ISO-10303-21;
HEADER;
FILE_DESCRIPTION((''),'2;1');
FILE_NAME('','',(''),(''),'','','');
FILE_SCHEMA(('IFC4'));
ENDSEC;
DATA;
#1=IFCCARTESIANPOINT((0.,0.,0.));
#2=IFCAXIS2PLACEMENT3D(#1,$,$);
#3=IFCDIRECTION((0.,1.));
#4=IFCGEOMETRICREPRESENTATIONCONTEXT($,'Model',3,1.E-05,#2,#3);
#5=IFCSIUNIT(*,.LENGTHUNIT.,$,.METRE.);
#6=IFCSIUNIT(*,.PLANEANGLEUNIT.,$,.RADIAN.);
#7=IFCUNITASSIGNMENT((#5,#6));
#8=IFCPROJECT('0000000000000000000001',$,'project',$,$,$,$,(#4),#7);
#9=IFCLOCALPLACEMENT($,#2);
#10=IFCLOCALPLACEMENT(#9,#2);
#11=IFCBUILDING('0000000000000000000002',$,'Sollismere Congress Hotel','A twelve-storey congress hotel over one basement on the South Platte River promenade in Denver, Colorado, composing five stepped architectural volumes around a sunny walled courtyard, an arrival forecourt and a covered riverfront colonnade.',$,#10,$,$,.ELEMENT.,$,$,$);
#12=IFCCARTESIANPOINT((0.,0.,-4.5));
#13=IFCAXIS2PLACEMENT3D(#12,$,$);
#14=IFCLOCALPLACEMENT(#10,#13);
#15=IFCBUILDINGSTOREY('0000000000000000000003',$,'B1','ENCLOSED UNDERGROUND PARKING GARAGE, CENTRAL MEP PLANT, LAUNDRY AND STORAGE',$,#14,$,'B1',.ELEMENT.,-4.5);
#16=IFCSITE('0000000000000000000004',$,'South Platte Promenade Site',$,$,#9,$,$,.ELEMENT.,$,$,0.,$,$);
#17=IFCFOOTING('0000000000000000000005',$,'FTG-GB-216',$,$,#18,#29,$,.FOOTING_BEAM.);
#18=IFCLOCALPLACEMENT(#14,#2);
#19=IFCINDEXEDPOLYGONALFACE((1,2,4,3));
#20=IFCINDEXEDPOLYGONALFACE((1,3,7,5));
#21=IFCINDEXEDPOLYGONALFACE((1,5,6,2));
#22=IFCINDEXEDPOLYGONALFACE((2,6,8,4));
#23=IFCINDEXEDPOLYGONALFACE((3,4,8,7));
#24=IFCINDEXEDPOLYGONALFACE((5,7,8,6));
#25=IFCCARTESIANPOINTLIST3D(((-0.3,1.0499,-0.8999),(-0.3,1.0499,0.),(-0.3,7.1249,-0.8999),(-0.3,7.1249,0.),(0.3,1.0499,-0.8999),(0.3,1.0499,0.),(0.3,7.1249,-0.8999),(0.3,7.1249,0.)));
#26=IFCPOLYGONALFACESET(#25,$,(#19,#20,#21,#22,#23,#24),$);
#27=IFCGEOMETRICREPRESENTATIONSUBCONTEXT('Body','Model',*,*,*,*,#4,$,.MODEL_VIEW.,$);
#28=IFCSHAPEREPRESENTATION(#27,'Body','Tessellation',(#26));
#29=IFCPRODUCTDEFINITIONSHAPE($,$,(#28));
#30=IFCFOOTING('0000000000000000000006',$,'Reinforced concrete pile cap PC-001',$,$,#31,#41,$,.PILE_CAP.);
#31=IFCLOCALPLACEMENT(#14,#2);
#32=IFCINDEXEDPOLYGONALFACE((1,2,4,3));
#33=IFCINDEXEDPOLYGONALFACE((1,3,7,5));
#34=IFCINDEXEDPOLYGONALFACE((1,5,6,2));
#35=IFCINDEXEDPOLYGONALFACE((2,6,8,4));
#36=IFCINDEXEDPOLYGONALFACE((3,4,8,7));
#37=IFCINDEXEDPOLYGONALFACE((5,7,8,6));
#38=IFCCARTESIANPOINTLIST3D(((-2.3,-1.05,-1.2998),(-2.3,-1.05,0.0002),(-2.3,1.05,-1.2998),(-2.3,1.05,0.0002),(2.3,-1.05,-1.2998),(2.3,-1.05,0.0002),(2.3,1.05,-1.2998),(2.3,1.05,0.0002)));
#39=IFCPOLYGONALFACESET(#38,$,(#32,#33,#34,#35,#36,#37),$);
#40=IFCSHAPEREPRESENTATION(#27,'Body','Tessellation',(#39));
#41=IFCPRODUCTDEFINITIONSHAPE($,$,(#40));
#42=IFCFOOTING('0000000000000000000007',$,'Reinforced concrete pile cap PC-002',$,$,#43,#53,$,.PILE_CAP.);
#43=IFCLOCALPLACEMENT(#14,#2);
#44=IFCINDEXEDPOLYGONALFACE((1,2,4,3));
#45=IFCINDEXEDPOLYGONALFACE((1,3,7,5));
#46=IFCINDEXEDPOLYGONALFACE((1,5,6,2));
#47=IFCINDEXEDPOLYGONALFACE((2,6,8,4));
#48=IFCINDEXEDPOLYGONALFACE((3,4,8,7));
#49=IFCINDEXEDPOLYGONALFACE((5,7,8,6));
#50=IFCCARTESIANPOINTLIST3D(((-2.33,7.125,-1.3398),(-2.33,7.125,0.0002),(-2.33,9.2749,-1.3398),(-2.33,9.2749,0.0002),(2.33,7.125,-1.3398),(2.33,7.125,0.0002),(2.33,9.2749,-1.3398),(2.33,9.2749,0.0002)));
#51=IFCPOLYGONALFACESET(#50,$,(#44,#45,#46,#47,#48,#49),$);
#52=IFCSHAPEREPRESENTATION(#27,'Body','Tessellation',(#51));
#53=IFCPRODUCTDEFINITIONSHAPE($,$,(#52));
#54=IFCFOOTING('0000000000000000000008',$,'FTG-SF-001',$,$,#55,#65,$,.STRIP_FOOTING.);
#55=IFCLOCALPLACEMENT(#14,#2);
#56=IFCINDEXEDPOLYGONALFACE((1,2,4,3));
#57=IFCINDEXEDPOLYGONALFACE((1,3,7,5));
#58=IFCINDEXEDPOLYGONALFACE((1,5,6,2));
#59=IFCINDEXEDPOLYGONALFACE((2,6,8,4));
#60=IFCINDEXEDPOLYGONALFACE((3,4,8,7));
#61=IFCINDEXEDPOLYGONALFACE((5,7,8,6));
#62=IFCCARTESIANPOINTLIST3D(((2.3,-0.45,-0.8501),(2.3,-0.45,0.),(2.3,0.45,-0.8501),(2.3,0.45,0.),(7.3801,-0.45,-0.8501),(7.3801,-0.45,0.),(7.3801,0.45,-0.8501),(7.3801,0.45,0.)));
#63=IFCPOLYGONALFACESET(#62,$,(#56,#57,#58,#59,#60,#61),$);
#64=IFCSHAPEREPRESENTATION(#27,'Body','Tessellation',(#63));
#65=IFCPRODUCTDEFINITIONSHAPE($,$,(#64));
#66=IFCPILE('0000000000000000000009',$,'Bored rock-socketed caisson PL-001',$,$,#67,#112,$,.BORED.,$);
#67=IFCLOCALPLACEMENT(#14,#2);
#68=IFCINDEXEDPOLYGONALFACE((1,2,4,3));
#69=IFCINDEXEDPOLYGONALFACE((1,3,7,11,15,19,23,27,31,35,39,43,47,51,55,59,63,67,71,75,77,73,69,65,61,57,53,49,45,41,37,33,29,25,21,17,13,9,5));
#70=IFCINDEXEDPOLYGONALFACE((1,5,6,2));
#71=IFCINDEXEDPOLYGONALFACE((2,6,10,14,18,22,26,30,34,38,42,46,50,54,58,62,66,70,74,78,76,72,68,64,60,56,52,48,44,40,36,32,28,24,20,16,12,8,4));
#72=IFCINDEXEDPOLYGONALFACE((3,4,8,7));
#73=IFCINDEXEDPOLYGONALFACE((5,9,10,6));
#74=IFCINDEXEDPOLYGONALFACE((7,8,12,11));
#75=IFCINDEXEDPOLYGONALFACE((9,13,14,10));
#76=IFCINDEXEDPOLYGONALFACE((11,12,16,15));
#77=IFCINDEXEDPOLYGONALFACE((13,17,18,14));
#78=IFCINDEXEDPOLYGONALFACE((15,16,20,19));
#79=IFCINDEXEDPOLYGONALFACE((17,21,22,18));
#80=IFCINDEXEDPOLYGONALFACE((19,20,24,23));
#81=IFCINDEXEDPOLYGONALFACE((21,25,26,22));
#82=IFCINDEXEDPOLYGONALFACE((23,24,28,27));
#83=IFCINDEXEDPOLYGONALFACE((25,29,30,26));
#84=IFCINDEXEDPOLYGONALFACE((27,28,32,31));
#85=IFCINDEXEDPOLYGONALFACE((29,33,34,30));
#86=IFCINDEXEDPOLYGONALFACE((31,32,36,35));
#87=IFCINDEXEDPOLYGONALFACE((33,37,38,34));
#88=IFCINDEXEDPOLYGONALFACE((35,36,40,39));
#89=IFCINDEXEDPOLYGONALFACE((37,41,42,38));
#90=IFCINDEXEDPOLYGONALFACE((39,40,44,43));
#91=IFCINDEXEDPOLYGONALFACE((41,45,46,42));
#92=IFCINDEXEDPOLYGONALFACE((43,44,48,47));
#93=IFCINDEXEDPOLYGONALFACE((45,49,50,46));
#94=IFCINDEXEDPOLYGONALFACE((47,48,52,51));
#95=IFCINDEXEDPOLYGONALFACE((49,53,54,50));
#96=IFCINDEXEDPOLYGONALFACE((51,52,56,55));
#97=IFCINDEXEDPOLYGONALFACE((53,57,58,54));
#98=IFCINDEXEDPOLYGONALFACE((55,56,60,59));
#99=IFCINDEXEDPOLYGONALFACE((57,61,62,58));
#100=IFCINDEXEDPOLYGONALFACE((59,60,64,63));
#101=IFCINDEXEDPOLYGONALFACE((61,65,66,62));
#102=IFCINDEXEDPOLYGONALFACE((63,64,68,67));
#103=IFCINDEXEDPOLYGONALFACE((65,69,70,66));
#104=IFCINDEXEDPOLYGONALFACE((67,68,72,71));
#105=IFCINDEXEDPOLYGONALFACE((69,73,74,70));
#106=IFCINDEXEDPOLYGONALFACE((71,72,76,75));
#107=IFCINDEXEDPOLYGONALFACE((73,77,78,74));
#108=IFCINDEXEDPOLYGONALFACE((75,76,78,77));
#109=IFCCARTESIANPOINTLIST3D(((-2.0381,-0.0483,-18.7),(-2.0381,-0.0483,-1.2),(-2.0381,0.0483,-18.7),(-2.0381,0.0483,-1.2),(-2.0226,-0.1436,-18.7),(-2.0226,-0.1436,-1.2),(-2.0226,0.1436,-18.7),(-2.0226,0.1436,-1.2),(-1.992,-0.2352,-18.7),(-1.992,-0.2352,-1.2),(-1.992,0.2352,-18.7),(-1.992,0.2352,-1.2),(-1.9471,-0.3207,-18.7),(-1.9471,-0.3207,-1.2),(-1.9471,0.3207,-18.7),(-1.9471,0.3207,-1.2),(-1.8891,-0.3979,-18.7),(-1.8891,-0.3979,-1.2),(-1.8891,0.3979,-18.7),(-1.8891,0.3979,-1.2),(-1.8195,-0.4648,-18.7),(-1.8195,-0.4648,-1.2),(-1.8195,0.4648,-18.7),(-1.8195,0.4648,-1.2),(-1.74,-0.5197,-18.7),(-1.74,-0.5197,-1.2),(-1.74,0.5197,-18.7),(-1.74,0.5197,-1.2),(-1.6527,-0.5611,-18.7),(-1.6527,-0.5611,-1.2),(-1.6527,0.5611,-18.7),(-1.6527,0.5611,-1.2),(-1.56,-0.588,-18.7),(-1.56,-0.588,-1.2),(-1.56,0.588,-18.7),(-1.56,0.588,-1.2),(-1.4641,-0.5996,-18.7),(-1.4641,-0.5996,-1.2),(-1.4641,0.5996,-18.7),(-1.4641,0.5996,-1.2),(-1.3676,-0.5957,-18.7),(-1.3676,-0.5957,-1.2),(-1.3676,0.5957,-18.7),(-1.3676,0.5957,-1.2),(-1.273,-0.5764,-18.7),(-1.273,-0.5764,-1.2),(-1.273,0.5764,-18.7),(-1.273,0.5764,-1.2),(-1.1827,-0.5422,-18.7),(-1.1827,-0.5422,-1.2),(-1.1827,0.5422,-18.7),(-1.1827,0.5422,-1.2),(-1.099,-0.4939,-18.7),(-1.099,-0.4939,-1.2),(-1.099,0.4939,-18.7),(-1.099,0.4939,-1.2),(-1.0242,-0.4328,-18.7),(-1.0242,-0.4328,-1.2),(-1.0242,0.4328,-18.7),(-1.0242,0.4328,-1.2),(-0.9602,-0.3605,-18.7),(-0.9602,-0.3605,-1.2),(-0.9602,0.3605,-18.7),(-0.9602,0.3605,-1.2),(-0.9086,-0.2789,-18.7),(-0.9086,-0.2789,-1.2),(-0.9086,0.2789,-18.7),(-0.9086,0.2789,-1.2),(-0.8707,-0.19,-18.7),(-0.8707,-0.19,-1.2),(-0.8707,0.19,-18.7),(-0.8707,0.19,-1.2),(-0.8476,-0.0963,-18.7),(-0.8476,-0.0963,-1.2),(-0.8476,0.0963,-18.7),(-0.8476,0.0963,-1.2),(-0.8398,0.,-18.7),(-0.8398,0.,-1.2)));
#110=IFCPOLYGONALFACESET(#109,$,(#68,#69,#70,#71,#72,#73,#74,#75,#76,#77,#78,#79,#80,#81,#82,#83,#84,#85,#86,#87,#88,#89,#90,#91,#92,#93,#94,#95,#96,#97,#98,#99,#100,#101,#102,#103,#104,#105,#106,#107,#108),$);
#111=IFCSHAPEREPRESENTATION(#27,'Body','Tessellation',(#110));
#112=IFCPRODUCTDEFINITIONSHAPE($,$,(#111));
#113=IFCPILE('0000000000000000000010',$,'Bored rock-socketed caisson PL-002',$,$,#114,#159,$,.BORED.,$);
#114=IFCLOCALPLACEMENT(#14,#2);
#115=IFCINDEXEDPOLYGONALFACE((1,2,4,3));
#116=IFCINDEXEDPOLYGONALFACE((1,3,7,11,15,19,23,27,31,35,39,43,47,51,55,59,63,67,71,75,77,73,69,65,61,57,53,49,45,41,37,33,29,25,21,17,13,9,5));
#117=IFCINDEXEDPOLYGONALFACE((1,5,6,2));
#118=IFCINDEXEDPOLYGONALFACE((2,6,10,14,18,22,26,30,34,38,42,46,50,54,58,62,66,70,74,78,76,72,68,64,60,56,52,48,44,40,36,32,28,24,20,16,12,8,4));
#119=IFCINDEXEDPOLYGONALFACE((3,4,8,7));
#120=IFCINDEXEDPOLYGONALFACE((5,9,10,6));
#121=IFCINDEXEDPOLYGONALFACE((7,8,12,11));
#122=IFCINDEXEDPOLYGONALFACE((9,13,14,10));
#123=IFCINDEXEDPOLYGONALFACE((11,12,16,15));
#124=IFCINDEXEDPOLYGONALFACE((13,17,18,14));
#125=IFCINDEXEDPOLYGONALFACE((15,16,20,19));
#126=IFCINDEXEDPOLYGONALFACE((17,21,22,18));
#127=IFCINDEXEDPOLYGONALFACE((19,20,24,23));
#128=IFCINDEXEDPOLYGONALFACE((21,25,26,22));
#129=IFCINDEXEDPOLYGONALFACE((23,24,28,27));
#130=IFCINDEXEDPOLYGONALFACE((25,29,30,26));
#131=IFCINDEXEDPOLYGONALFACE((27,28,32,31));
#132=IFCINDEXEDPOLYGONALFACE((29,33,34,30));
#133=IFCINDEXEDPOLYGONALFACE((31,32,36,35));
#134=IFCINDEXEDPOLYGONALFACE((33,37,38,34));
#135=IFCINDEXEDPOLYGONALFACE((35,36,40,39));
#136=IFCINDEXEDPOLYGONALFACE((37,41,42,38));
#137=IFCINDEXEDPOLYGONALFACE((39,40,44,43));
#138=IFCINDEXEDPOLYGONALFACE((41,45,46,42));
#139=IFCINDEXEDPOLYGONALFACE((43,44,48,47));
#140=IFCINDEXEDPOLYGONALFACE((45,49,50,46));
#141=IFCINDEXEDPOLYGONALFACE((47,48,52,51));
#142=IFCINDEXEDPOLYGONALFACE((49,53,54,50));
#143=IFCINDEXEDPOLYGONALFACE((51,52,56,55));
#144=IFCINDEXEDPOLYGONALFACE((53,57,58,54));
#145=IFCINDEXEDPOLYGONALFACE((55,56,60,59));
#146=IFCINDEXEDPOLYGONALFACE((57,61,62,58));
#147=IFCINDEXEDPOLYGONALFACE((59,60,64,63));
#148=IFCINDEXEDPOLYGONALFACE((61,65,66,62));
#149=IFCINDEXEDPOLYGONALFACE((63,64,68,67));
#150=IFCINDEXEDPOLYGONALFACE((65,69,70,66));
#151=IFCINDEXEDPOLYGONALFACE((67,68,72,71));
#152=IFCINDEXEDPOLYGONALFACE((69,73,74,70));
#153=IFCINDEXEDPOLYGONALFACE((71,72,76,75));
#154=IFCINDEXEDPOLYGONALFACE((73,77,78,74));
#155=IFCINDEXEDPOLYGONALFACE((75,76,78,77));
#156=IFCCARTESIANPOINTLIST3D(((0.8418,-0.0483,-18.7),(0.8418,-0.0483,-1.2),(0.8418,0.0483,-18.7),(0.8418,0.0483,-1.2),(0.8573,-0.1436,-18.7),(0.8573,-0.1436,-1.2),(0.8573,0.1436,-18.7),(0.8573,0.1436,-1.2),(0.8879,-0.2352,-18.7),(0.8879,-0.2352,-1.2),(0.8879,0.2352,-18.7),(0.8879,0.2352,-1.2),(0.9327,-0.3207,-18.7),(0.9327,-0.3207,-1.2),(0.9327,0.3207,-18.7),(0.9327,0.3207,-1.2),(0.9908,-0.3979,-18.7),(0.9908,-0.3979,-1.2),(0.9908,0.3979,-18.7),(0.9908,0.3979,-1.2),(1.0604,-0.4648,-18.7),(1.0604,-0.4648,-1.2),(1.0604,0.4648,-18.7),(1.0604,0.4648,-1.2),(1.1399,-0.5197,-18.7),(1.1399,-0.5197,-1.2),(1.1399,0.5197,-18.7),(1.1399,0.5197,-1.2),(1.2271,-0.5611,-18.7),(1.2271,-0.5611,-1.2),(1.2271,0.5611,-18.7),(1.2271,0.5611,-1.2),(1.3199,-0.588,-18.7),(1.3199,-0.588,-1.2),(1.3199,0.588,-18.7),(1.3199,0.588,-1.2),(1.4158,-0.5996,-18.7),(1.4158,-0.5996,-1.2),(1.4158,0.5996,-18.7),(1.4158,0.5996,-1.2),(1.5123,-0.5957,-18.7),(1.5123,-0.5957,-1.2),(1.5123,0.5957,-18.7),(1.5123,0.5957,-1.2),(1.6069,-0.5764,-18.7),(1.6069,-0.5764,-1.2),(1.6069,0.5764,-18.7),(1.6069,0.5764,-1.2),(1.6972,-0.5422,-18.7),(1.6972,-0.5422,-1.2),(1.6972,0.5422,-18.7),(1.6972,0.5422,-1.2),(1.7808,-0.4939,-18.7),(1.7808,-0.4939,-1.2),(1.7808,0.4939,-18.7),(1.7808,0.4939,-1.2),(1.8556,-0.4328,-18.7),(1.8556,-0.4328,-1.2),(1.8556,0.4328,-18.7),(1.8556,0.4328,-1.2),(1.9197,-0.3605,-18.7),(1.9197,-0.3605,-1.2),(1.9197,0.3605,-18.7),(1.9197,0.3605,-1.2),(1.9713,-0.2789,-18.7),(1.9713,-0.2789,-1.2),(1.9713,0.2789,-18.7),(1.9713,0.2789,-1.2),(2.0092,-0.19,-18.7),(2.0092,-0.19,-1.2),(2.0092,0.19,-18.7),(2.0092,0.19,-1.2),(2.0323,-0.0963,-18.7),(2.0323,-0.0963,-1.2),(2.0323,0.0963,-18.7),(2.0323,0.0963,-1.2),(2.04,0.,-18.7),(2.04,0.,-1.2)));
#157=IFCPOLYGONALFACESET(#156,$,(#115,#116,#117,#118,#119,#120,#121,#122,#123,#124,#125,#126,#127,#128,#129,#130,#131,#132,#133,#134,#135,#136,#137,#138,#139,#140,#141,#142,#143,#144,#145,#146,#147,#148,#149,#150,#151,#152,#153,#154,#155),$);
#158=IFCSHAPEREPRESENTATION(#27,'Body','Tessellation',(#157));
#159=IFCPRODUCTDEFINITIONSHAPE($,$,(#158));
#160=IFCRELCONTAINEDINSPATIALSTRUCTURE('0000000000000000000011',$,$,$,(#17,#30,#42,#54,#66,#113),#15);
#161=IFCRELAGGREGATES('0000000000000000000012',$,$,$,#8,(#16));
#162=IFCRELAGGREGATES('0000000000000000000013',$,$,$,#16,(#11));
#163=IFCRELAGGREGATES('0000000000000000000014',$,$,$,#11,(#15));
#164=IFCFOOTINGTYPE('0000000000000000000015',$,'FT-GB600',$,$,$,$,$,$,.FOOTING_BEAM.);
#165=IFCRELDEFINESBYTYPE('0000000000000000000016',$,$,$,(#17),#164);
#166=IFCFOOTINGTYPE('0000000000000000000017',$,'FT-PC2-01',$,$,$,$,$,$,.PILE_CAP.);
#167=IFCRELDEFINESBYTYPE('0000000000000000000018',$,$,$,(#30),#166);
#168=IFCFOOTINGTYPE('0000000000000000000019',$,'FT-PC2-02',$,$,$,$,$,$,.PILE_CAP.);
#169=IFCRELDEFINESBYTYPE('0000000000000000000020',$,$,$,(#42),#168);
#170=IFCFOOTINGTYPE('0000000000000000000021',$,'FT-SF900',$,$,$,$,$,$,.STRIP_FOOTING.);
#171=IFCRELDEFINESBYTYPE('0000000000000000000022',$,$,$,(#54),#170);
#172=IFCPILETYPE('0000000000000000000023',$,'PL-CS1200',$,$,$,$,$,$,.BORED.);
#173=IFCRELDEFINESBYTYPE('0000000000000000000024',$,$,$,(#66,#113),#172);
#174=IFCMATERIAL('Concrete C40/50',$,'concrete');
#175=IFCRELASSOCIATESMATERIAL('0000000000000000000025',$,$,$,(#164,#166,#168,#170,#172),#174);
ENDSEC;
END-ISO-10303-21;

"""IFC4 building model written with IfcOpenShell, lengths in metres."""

from ifc_helpers import new_model, si_unit, direction, frame, origin, origin_2d, place, context, subcontext, project, spatial, rectangle, circle, extrude, material, material_profile, profile_set, type_object, element, save


model = new_model("IFC4")

# Units and contexts
model_context = context("Model", 3, precision=1e-05, world=origin(), true_north=direction((0.0, 1.0)))
body_context = subcontext(model_context, "Body", "Model", "MODEL_VIEW")
ifc_project = project(units=[si_unit("LENGTHUNIT", "METRE"), si_unit("PLANEANGLEUNIT", "RADIAN")], contexts=[model_context])

# Site, building, storey
site_placement = place(None, origin())
site = spatial("IfcSite", under=ifc_project, at=site_placement, Name="South Platte Promenade Site", CompositionType="ELEMENT", RefElevation=0.0)
building_placement = place(site_placement, origin())
building = spatial("IfcBuilding", under=site, at=building_placement, Name="Sollismere Congress Hotel", Description="A twelve-storey congress hotel over one basement on the South Platte River promenade in Denver, Colorado, composing five stepped architectural volumes around a sunny walled courtyard, an arrival forecourt and a covered riverfront colonnade.", CompositionType="ELEMENT")
storey_placement = place(building_placement, frame((0.0, 0.0, -4.5)))
storey = spatial("IfcBuildingStorey", under=building, at=storey_placement, Name="B1", Description="ENCLOSED UNDERGROUND PARKING GARAGE, CENTRAL MEP PLANT, LAUNDRY AND STORAGE", LongName="B1", CompositionType="ELEMENT", Elevation=-4.5)

# Footings
ifc_material_1 = material(Name="Concrete C40/50", Category="concrete")
footing_type_1 = type_object("IfcFootingType", Name="FT-GB600", PredefinedType="FOOTING_BEAM", material=ifc_material_1)
footing_1_placement = place(storey_placement, frame((0.0, 4.0874, -0.8999), z_axis=(0.0, 0.0, 1.0), x_axis=(0.0, 1.0, 0.0)))
element("IfcFooting", 1, at=footing_1_placement, inside=storey, type_object=footing_type_1, Name="FTG-GB-216", PredefinedType="FOOTING_BEAM", context=body_context, shape_type="SweptSolid", body=[
    extrude(rectangle(XDim=6.075, YDim=0.6001, at=origin_2d()), origin(), (0.0, 0.0, 1.0), 0.8999),
])
footing_type_2 = type_object("IfcFootingType", Name="FT-PC2-01", PredefinedType="PILE_CAP", material=ifc_material_1)
footing_2_placement = place(storey_placement, frame((0.0, 0.0, -1.2998), z_axis=(0.0, 0.0, 1.0), x_axis=(1.0, 0.0, 0.0)))
element("IfcFooting", 2, at=footing_2_placement, inside=storey, type_object=footing_type_2, Name="Reinforced concrete pile cap PC-001", PredefinedType="PILE_CAP", context=body_context, shape_type="SweptSolid", body=[
    extrude(rectangle(XDim=4.6001, YDim=2.1001, at=origin_2d()), origin(), (0.0, 0.0, 1.0), 1.3),
])
footing_type_3 = type_object("IfcFootingType", Name="FT-PC2-02", PredefinedType="PILE_CAP", material=ifc_material_1)
footing_3_placement = place(storey_placement, frame((0.0, 8.2, -1.3398), z_axis=(0.0, 0.0, 1.0), x_axis=(1.0, 0.0, 0.0)))
element("IfcFooting", 3, at=footing_3_placement, inside=storey, type_object=footing_type_3, Name="Reinforced concrete pile cap PC-002", PredefinedType="PILE_CAP", context=body_context, shape_type="SweptSolid", body=[
    extrude(rectangle(XDim=4.6599, YDim=2.1499, at=origin_2d()), origin(), (0.0, 0.0, 1.0), 1.3401),
])
footing_type_4 = type_object("IfcFootingType", Name="FT-SF900", PredefinedType="STRIP_FOOTING", material=ifc_material_1)
footing_4_placement = place(storey_placement, frame((4.8401, 0.0, -0.8501), z_axis=(0.0, 0.0, 1.0), x_axis=(1.0, 0.0, 0.0)))
element("IfcFooting", 4, at=footing_4_placement, inside=storey, type_object=footing_type_4, Name="FTG-SF-001", PredefinedType="STRIP_FOOTING", context=body_context, shape_type="SweptSolid", body=[
    extrude(rectangle(XDim=5.0801, YDim=0.8999, at=origin_2d()), origin(), (0.0, 0.0, 1.0), 0.8501),
])

# Piles
ifc_material_profile_1 = material_profile(ifc_material_1, circle(Radius=0.6001, at=origin_2d()), Name="CAISSON1200")
ifc_profile_set_1 = profile_set([ifc_material_profile_1], Name="Concrete C40/50")
pile_type = type_object("IfcPileType", Name="PL-CS1200", PredefinedType="BORED", material=ifc_profile_set_1)
for number, where, z_axis, x_axis, name in (
    (5, (-1.4399, 0.0, -1.2), (0.0, 0.0, -1.0), (1.0, 0.0, 0.0), "Bored rock-socketed caisson PL-001"),
    (6, (1.4399, 0.0, -1.2), (0.0, 0.0, -1.0), (1.0, 0.0, 0.0), "Bored rock-socketed caisson PL-002"),
):
    element("IfcPile", number, at=place(storey_placement, frame(where, z_axis=z_axis, x_axis=x_axis)), inside=storey, type_object=pile_type, Name=name, PredefinedType="BORED", context=body_context, shape_type="SweptSolid", body=[
        extrude(circle(Radius=0.6001, at=origin_2d()), origin(), (0.0, 0.0, 1.0), 17.5),
    ])

save(model, "model.ifc")
